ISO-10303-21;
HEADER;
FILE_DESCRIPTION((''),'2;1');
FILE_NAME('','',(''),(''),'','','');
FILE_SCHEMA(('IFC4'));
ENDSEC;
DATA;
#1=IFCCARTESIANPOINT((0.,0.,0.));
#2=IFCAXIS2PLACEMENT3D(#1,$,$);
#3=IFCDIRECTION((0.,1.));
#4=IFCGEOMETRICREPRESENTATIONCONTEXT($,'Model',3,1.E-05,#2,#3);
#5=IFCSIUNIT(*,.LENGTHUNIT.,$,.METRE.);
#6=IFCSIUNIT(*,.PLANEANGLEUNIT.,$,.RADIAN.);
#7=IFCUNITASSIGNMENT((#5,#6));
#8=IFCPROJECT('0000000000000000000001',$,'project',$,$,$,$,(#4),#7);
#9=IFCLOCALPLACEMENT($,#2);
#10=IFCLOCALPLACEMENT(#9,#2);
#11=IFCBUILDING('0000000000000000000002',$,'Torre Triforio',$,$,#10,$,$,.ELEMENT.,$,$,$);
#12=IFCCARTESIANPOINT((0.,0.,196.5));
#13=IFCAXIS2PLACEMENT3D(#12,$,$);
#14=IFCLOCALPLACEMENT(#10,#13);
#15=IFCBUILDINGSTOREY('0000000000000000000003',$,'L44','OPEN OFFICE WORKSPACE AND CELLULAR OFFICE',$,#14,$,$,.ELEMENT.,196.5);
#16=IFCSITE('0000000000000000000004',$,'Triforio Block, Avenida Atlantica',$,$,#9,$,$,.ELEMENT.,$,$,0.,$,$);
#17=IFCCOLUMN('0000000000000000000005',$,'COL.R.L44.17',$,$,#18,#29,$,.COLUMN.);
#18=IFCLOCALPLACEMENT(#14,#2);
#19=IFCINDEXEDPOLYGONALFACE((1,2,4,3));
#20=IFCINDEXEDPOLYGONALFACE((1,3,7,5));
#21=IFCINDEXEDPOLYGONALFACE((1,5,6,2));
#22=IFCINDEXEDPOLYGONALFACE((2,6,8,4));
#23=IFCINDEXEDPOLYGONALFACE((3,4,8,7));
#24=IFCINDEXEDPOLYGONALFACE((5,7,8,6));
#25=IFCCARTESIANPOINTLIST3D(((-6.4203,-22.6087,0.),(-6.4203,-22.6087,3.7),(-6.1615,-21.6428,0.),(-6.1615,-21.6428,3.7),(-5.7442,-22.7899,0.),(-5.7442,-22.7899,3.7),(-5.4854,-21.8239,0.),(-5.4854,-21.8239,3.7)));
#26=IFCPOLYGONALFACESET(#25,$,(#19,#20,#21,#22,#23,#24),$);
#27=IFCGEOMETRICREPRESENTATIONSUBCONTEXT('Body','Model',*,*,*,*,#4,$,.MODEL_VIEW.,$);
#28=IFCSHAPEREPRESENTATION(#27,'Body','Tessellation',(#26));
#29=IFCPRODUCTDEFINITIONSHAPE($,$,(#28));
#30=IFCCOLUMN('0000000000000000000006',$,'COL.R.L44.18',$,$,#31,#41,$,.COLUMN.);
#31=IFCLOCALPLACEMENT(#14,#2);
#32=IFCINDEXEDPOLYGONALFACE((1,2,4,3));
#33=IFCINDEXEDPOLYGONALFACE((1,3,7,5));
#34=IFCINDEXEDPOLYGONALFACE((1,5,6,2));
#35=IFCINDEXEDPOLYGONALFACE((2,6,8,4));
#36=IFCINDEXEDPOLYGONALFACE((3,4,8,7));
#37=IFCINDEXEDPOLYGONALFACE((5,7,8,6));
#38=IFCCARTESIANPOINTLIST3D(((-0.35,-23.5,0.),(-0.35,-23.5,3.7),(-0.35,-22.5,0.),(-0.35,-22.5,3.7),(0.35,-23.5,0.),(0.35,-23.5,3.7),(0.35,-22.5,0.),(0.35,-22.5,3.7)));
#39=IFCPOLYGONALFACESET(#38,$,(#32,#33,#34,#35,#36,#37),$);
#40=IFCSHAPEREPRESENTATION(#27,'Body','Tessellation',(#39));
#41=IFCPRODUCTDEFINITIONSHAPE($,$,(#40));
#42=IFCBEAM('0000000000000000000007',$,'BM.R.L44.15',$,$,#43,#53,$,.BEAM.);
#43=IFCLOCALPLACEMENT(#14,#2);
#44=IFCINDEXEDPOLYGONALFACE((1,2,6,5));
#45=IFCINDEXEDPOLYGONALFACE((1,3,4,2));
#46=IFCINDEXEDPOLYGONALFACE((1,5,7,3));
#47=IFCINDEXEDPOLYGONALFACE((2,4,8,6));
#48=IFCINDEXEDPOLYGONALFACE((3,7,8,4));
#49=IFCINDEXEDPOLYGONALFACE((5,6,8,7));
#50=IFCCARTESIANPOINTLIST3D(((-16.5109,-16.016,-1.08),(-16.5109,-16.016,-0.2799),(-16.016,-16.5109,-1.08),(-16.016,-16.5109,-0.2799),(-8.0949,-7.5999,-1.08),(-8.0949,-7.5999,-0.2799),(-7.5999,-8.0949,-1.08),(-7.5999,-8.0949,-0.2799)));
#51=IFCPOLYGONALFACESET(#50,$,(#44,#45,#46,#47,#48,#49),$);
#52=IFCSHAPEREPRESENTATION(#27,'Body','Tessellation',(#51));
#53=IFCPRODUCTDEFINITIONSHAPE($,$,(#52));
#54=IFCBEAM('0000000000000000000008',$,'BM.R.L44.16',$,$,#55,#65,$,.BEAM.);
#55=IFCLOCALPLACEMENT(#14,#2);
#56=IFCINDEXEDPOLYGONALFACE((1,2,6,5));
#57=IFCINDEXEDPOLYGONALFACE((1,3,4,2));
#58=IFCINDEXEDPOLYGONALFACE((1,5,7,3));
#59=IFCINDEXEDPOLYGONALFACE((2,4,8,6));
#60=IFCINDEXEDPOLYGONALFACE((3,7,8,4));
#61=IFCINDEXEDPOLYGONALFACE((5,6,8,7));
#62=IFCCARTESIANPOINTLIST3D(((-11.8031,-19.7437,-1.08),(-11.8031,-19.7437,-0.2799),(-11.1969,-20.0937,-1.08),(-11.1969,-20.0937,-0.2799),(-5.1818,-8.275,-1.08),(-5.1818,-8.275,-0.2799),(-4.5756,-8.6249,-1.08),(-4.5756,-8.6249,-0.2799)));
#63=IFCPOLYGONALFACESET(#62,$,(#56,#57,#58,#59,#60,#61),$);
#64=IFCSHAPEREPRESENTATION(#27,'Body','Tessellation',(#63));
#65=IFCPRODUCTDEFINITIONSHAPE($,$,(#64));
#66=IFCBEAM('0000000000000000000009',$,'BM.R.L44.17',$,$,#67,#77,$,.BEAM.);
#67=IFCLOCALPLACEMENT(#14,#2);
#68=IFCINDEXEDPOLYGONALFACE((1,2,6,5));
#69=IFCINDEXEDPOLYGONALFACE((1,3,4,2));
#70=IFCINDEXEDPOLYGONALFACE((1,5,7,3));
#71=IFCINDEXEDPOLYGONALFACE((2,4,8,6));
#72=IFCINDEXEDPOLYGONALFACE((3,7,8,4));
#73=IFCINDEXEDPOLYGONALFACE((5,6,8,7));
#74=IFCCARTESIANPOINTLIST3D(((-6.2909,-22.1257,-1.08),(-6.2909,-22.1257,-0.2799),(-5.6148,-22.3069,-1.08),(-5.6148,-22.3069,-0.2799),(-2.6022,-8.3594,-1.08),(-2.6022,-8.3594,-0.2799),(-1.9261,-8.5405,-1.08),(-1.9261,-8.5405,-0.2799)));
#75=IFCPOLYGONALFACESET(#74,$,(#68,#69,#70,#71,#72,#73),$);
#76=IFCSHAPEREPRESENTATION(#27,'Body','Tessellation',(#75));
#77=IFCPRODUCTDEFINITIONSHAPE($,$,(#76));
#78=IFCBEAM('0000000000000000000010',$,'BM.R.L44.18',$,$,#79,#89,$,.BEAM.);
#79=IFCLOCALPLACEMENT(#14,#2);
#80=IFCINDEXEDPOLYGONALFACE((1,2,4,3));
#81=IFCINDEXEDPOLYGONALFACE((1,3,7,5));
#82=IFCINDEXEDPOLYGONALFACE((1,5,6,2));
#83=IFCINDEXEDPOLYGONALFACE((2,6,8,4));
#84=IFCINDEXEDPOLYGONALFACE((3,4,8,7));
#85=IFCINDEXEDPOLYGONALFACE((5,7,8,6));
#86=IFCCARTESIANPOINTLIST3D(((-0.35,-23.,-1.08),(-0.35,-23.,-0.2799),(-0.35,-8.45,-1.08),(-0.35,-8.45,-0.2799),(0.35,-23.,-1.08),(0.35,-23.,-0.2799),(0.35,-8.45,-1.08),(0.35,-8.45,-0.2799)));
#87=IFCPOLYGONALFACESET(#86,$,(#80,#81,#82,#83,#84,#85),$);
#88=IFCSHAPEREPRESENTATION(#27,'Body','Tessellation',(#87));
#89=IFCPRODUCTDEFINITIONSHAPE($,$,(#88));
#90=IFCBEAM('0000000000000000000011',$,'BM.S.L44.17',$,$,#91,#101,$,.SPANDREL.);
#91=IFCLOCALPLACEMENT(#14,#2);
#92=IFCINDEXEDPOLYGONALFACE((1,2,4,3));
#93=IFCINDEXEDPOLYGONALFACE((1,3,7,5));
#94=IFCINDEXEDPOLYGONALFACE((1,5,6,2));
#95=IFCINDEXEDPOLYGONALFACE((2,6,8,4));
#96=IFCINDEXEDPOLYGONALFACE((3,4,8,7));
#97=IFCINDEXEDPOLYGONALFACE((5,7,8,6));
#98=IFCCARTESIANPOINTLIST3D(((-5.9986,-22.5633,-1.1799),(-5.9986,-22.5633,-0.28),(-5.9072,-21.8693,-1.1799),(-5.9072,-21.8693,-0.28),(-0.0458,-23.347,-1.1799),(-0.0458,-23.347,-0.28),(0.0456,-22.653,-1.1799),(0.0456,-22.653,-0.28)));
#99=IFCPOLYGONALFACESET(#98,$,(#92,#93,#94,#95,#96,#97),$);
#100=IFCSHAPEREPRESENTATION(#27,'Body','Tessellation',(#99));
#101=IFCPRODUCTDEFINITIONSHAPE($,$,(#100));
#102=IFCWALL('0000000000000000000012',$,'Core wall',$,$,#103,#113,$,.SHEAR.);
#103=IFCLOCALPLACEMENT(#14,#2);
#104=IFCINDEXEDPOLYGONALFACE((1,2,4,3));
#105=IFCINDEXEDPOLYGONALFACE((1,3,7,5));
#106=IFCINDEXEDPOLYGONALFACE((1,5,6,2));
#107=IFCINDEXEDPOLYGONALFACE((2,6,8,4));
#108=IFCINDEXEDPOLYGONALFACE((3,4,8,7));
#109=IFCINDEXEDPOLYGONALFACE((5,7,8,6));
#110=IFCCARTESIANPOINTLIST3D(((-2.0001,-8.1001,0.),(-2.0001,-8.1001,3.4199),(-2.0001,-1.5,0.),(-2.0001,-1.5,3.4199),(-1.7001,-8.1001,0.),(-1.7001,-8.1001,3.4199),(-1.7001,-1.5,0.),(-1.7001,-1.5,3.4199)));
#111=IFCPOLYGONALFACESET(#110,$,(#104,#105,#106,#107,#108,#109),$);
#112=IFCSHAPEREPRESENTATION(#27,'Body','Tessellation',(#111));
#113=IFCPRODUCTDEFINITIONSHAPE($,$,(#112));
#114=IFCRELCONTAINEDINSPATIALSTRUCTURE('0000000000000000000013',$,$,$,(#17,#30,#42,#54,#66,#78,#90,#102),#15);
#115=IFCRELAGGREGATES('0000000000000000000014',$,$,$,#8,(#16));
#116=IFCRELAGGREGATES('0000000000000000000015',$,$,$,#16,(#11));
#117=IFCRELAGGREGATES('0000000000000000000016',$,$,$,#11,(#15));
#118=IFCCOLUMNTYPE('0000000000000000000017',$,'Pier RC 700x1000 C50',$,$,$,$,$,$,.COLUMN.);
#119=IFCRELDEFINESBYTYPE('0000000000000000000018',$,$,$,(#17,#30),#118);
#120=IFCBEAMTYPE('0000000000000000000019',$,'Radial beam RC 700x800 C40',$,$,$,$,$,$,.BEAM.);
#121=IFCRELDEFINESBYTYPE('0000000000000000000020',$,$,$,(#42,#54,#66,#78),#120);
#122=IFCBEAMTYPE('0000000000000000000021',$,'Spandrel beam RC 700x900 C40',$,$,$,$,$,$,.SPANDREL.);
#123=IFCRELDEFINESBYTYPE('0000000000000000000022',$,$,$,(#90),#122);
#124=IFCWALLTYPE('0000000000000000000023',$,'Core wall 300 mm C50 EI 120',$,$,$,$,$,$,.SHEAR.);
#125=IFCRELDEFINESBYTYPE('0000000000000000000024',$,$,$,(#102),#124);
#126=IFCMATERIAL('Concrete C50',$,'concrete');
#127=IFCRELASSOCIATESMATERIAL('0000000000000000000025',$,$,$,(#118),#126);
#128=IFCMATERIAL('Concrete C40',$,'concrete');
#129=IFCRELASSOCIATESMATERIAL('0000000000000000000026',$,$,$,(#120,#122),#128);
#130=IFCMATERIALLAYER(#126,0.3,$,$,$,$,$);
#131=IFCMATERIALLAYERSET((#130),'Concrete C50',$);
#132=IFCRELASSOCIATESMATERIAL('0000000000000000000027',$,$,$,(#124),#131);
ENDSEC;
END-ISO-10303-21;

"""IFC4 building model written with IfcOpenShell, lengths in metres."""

from ifc_helpers import new_model, si_unit, direction, frame, frame_2d, origin, origin_2d, place, context, subcontext, project, spatial, rectangle, extrude, material, layer, layer_set, material_profile, profile_set, type_object, element, save


model = new_model("IFC4")

# Units and contexts
model_context = context("Model", 3, precision=1e-05, world=origin(), true_north=direction((0.0, 1.0)))
body_context = subcontext(model_context, "Body", "Model", "MODEL_VIEW")
ifc_project = project(units=[si_unit("LENGTHUNIT", "METRE"), si_unit("PLANEANGLEUNIT", "RADIAN")], contexts=[model_context])

# Site, building, storey
site_placement = place(None, origin())
site = spatial("IfcSite", under=ifc_project, at=site_placement, Name="Triforio Block, Avenida Atlantica", CompositionType="ELEMENT", RefElevation=0.0)
building_placement = place(site_placement, origin())
building = spatial("IfcBuilding", under=site, at=building_placement, Name="Torre Triforio", CompositionType="ELEMENT")
storey_placement = place(building_placement, frame((0.0, 0.0, 196.5)))
storey = spatial("IfcBuildingStorey", under=building, at=storey_placement, Name="L44", Description="OPEN OFFICE WORKSPACE AND CELLULAR OFFICE", CompositionType="ELEMENT", Elevation=196.5)

# Columns
ifc_material_1 = material(Name="Concrete C50", Category="concrete")
ifc_material_profile_1 = material_profile(ifc_material_1, rectangle(XDim=0.7, YDim=1.0, at=origin_2d()), Name="RC 700x1000")
ifc_profile_set_1 = profile_set([ifc_material_profile_1], Name="Concrete C50")
column_type = type_object("IfcColumnType", Name="Pier RC 700x1000 C50", PredefinedType="COLUMN", material=ifc_profile_set_1)
for number, where, z_axis, x_axis, name in (
    (1, (-5.9529, -22.2163, 0.0), (0.0, 0.0, 1.0), (0.965926, -0.258819, 0.0), "COL.R.L44.17"),
    (2, (0.0, -23.0, 0.0), (0.0, 0.0, 1.0), (1.0, 0.0, 0.0), "COL.R.L44.18"),
):
    element("IfcColumn", number, at=place(storey_placement, frame(where, z_axis=z_axis, x_axis=x_axis)), inside=storey, type_object=column_type, Name=name, PredefinedType="COLUMN", context=body_context, shape_type="SweptSolid", body=[
        extrude(rectangle(XDim=0.7, YDim=1.0, at=origin_2d()), origin(), (0.0, 0.0, 1.0), 3.7),
    ])

# Beams
ifc_material_2 = material(Name="Concrete C40", Category="concrete")
ifc_material_profile_2 = material_profile(ifc_material_2, rectangle(XDim=0.7, YDim=0.8, at=origin_2d()), Name="RC 700x800")
ifc_profile_set_2 = profile_set([ifc_material_profile_2], Name="Concrete C40")
beam_type_1 = type_object("IfcBeamType", Name="Radial beam RC 700x800 C40", PredefinedType="BEAM", material=ifc_profile_set_2)
beam_1_placement = place(storey_placement, frame((-7.8474, -7.8474, -0.6799), z_axis=(-0.707107, -0.707107, 0.0), x_axis=(0.707107, -0.707107, 0.0)))
element("IfcBeam", 3, at=beam_1_placement, inside=storey, type_object=beam_type_1, Name="BM.R.L44.15", PredefinedType="BEAM", context=body_context, shape_type="SweptSolid", body=[
    extrude(rectangle(XDim=0.7, YDim=0.8, at=origin_2d()), origin(), (0.0, 0.0, 1.0), 11.9021),
])
beam_2_placement = place(storey_placement, frame((-4.8787, -8.45, -0.6799), z_axis=(-0.499992, -0.86603, 0.0), x_axis=(0.86603, -0.499992, 0.0)))
element("IfcBeam", 4, at=beam_2_placement, inside=storey, type_object=beam_type_1, Name="BM.R.L44.16", PredefinedType="BEAM", context=body_context, shape_type="SweptSolid", body=[
    extrude(rectangle(XDim=0.7, YDim=0.8, at=origin_2d()), origin(), (0.0, 0.0, 1.0), 13.2429),
])
beam_3_placement = place(storey_placement, frame((-2.2642, -8.45, -0.6799), z_axis=(-0.258821, -0.965925, 0.0), x_axis=(0.965925, -0.258821, 0.0)))
element("IfcBeam", 5, at=beam_3_placement, inside=storey, type_object=beam_type_1, Name="BM.R.L44.17", PredefinedType="BEAM", context=body_context, shape_type="SweptSolid", body=[
    extrude(rectangle(XDim=0.7, YDim=0.8, at=origin_2d()), origin(), (0.0, 0.0, 1.0), 14.252),
])
beam_4_placement = place(storey_placement, frame((0.0, -8.45, -0.6799), z_axis=(0.0, -1.0, 0.0), x_axis=(1.0, 0.0, 0.0)))
element("IfcBeam", 6, at=beam_4_placement, inside=storey, type_object=beam_type_1, Name="BM.R.L44.18", PredefinedType="BEAM", context=body_context, shape_type="SweptSolid", body=[
    extrude(rectangle(XDim=0.7, YDim=0.8, at=origin_2d()), origin(), (0.0, 0.0, 1.0), 14.55),
])
ifc_material_profile_3 = material_profile(ifc_material_2, rectangle(XDim=0.7, YDim=0.8999, at=origin_2d()), Name="RC 700x900")
ifc_profile_set_3 = profile_set([ifc_material_profile_3], Name="Concrete C40")
beam_type_2 = type_object("IfcBeamType", Name="Spandrel beam RC 700x900 C40", PredefinedType="SPANDREL", material=ifc_profile_set_3)
beam_5_placement = place(storey_placement, frame((-5.9529, -22.2163, -0.73), z_axis=(0.991445, -0.130523, 0.0), x_axis=(0.130523, 0.991445, 0.0)))
element("IfcBeam", 7, at=beam_5_placement, inside=storey, type_object=beam_type_2, Name="BM.S.L44.17", PredefinedType="SPANDREL", context=body_context, shape_type="SweptSolid", body=[
    extrude(rectangle(XDim=0.7, YDim=0.8999, at=origin_2d()), origin(), (0.0, 0.0, 1.0), 6.0042),
])

# Wall
ifc_layer_1 = layer(ifc_material_1, 0.3)
ifc_layer_set_1 = layer_set([ifc_layer_1], Name="Concrete C50")
wall_type_1 = type_object("IfcWallType", Name="Core wall 300 mm C50 EI 120", PredefinedType="SHEAR", material=ifc_layer_set_1)
wall_1_placement = place(storey_placement, frame((-1.8501, -8.1001, 0.0), z_axis=(0.0, 0.0, 1.0), x_axis=(0.0, 1.0, 0.0)))
element("IfcWall", 8, at=wall_1_placement, inside=storey, type_object=wall_type_1, Name="Core wall", PredefinedType="SHEAR", context=body_context, shape_type="SweptSolid", body=[
    extrude(rectangle(XDim=6.6001, YDim=0.3, at=frame_2d((3.3, 0.0))), origin(), (0.0, 0.0, 1.0), 3.4199),
])

save(model, "model.ifc")
